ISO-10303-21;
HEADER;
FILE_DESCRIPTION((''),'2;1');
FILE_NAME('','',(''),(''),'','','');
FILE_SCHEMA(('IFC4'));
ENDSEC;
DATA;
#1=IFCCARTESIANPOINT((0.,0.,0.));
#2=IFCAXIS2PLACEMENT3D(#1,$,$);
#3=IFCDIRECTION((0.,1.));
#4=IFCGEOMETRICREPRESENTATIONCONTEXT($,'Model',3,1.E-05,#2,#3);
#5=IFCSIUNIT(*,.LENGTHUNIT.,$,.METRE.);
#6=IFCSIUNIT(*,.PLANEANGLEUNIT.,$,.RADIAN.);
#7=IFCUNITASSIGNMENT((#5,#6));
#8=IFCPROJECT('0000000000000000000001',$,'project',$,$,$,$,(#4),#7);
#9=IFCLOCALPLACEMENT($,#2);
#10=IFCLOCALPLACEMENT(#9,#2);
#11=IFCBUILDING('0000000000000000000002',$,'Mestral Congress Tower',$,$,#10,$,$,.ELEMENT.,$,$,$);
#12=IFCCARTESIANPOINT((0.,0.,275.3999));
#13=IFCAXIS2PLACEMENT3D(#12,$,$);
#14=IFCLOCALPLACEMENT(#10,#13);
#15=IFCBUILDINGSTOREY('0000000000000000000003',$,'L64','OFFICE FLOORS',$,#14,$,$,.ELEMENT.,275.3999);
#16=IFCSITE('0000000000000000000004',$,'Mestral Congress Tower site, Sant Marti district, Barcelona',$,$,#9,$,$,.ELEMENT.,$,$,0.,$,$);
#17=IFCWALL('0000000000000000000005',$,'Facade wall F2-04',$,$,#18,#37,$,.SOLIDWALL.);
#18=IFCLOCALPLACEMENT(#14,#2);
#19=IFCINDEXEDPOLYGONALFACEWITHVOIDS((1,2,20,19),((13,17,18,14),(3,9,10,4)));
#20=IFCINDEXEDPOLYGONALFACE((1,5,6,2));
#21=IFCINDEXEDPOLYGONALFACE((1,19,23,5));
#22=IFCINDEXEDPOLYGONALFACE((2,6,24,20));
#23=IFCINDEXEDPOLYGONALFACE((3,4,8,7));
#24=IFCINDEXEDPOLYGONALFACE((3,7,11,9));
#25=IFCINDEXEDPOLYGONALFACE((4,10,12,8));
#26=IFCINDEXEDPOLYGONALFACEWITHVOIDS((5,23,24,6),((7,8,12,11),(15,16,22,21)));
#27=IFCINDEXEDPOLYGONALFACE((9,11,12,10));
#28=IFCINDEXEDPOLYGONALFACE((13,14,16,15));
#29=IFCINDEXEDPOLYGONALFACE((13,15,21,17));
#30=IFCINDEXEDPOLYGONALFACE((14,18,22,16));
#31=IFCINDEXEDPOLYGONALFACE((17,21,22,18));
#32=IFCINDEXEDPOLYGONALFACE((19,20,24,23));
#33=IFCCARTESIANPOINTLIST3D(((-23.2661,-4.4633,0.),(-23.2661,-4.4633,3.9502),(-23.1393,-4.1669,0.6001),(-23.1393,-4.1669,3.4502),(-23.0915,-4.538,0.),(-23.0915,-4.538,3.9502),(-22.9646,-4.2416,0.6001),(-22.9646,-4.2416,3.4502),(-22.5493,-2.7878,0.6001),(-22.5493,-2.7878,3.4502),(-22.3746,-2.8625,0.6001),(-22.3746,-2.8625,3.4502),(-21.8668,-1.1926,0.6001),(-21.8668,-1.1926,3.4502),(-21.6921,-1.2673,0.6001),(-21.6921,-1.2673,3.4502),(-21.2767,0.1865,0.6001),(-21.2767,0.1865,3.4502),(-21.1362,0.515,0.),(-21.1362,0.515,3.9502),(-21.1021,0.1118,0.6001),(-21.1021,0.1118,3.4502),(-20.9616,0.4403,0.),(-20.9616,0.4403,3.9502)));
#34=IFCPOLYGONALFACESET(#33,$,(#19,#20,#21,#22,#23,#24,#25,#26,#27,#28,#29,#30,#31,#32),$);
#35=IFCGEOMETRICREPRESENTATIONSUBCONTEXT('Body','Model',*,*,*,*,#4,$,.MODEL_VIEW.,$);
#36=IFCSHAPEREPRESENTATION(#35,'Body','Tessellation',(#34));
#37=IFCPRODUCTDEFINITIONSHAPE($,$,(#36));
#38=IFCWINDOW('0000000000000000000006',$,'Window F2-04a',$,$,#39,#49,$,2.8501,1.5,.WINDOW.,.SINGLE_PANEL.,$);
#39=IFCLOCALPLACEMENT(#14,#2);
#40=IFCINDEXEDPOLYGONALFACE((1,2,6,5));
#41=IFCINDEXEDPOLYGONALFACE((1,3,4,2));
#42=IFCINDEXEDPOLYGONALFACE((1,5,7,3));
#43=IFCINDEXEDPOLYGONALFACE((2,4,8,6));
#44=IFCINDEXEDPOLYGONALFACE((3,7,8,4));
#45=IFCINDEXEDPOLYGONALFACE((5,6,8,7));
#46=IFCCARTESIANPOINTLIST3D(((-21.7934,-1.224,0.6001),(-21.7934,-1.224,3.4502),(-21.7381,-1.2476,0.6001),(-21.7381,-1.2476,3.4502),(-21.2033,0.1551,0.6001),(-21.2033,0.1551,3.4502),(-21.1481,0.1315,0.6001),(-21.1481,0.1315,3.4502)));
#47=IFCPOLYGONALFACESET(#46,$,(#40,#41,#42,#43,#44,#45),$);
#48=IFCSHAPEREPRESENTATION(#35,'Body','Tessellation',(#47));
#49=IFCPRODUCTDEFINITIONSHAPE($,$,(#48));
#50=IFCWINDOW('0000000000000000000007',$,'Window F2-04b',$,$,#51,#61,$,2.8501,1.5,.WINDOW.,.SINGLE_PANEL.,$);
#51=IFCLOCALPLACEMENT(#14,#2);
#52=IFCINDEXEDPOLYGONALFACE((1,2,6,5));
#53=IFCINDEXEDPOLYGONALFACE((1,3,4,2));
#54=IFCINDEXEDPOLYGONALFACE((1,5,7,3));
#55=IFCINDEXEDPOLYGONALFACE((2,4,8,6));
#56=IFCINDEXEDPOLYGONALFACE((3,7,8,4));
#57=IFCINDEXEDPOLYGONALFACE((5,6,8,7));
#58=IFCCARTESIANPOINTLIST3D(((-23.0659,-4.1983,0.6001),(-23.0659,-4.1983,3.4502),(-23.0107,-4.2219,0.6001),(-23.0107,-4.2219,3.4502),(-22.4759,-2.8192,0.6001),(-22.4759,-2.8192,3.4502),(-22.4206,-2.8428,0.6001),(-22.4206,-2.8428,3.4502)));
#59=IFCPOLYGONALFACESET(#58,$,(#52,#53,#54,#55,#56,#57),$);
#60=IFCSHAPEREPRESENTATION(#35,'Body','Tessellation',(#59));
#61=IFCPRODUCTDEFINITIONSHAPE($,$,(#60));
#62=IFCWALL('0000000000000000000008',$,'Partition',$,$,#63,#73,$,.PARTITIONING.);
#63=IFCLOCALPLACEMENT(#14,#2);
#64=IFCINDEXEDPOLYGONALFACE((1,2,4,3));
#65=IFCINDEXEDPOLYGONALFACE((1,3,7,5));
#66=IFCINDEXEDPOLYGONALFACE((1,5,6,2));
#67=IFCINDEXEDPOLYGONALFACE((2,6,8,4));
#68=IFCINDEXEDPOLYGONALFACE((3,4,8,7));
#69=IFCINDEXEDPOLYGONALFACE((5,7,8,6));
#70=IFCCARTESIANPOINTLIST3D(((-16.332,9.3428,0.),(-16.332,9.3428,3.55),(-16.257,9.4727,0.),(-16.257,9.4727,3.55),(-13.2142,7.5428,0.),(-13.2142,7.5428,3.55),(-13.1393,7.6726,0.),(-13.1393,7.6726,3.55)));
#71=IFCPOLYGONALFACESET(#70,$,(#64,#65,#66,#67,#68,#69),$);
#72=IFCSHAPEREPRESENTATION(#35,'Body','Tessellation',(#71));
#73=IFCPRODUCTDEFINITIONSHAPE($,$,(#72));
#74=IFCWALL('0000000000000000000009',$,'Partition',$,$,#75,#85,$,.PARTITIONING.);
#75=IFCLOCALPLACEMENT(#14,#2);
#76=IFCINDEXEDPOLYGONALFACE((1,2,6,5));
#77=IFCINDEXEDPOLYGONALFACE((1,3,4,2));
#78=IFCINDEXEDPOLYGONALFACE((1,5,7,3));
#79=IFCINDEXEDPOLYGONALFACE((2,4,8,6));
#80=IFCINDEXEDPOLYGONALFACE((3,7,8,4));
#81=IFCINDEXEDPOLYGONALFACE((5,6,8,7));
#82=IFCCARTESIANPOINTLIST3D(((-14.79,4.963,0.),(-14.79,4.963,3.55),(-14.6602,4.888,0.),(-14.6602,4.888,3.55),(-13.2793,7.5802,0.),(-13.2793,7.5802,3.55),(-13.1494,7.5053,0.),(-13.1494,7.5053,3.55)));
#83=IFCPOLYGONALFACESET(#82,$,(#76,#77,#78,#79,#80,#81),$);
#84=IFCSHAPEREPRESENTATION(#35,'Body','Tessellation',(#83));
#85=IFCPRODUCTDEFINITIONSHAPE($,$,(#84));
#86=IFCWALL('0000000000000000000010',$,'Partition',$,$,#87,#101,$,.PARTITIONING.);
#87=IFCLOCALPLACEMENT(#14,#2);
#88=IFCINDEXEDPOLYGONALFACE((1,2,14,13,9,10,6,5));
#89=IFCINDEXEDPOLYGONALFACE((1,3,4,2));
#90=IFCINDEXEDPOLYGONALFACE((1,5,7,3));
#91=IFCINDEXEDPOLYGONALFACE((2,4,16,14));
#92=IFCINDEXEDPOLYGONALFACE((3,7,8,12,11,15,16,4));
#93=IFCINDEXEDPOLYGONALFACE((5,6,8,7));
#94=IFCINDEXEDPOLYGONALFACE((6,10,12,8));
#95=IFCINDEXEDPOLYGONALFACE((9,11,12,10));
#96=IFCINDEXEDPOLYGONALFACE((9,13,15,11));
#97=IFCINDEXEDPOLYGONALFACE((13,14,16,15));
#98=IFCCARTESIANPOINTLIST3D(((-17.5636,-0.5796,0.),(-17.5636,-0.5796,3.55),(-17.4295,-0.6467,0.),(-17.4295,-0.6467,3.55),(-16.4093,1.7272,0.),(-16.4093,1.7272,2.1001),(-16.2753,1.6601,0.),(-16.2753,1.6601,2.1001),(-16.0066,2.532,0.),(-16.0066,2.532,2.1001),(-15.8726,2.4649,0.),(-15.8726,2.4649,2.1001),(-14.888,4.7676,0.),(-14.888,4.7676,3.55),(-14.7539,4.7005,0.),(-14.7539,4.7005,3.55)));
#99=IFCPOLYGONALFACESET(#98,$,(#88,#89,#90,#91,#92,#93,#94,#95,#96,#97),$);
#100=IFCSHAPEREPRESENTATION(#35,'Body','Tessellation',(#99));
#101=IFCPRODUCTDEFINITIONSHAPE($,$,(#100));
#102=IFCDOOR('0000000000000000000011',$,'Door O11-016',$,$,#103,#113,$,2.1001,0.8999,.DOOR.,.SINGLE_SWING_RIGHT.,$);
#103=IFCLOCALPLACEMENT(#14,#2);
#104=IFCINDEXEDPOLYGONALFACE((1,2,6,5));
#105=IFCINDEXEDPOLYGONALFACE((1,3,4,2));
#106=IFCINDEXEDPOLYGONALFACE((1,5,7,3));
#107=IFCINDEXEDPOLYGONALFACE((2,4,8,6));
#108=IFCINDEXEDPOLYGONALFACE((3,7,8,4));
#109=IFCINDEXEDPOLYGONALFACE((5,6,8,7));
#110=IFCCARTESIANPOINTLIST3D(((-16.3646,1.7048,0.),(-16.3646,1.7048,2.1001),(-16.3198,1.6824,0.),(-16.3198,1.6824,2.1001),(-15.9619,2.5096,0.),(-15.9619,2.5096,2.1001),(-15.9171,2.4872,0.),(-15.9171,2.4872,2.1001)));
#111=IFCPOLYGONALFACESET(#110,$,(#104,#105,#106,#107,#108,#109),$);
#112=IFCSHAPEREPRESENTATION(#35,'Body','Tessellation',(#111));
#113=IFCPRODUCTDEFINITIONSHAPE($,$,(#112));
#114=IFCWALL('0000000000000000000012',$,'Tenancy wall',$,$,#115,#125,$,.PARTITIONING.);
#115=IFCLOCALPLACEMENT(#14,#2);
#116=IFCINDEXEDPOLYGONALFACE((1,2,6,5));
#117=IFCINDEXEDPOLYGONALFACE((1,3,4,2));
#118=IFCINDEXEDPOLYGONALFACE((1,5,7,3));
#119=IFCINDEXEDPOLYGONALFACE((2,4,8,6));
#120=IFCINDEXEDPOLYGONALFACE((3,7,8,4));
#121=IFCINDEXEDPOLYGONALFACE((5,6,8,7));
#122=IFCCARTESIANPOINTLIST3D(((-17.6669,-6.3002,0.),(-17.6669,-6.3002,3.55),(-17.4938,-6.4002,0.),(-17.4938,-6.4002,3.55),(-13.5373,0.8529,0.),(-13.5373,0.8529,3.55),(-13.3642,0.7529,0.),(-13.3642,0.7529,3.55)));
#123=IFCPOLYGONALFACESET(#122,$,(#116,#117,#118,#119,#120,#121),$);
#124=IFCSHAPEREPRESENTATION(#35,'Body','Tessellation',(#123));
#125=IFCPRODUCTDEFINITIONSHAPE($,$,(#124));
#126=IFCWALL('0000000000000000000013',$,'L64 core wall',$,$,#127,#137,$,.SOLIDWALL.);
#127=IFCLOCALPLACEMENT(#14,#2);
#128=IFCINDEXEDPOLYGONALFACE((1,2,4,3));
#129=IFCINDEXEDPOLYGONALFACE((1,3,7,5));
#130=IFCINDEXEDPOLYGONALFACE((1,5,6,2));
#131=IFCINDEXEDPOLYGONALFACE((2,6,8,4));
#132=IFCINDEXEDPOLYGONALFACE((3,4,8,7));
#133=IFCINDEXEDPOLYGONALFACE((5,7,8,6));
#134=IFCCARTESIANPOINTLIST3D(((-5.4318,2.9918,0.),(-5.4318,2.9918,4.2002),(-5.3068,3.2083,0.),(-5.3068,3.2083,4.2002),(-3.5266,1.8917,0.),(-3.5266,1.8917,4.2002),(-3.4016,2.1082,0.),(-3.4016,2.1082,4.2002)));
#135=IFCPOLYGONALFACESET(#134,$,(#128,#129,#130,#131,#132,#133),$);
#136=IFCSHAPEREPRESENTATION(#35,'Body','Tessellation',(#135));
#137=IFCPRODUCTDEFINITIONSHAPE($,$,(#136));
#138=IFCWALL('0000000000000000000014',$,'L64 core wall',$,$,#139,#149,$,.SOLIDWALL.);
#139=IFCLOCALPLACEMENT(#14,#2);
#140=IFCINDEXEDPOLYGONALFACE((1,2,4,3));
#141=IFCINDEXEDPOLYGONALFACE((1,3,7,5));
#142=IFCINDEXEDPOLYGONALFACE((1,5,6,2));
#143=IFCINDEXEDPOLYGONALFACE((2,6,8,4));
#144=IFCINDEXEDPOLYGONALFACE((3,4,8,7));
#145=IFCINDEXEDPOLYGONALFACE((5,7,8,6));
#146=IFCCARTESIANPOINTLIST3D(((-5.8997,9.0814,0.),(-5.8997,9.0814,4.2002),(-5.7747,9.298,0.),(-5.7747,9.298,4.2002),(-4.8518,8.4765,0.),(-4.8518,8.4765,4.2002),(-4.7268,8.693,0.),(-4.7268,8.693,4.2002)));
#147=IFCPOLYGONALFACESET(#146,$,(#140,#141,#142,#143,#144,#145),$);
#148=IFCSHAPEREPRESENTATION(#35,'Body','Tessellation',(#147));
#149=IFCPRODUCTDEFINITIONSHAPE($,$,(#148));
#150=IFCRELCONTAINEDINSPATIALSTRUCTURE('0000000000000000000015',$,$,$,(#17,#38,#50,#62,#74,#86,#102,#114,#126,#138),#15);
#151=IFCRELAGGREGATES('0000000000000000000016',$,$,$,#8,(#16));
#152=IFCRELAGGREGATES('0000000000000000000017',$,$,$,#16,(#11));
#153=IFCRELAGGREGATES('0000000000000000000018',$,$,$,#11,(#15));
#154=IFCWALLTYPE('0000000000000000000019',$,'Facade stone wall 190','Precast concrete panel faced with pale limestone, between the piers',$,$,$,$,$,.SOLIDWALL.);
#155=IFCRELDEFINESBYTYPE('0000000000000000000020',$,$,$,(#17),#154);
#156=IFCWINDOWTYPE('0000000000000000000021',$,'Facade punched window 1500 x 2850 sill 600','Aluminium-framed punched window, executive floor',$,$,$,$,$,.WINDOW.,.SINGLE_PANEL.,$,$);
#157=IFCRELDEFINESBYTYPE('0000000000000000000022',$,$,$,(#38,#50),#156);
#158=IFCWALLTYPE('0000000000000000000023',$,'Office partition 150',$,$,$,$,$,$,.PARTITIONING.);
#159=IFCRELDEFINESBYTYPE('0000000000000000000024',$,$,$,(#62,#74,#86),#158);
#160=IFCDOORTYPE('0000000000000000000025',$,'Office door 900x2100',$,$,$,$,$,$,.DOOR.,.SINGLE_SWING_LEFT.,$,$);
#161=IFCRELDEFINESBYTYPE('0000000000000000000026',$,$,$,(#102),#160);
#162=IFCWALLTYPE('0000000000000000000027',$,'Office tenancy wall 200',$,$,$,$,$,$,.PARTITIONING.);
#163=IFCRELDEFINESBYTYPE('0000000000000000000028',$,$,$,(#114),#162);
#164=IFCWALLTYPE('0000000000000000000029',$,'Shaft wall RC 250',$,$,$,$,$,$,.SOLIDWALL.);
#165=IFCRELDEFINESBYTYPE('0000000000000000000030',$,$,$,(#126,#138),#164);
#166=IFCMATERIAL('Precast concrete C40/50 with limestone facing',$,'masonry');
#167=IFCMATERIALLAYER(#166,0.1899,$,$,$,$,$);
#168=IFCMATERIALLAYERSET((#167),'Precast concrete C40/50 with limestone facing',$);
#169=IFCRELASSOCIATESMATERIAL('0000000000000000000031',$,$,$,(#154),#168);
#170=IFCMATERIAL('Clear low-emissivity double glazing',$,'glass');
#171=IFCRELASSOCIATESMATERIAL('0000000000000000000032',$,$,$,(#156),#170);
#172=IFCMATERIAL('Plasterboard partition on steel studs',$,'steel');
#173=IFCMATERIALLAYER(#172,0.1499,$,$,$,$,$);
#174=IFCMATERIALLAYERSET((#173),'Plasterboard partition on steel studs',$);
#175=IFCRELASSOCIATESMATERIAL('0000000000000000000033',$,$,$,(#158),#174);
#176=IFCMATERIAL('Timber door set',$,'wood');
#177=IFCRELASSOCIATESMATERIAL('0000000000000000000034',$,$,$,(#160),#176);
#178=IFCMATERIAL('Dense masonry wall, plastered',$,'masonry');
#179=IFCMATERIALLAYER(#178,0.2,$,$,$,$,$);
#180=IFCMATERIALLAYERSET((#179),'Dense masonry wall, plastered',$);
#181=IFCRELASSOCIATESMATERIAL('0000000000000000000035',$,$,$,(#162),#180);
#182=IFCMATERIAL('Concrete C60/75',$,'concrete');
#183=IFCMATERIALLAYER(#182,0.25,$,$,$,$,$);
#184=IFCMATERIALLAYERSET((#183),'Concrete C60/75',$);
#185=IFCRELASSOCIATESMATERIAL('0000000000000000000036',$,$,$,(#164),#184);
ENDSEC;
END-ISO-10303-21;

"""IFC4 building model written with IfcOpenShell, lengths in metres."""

from ifc_helpers import new_model, si_unit, direction, frame, frame_2d, origin, place, context, subcontext, project, spatial, rectangle, extrude, material, layer, layer_set, type_object, element, fill, save


model = new_model("IFC4")

# Units and contexts
model_context = context("Model", 3, precision=1e-05, world=origin(), true_north=direction((0.0, 1.0)))
body_context = subcontext(model_context, "Body", "Model", "MODEL_VIEW")
ifc_project = project(units=[si_unit("LENGTHUNIT", "METRE"), si_unit("PLANEANGLEUNIT", "RADIAN")], contexts=[model_context])

# Site, building, storey
site_placement = place(None, origin())
site = spatial("IfcSite", under=ifc_project, at=site_placement, Name="Mestral Congress Tower site, Sant Marti district, Barcelona", CompositionType="ELEMENT", RefElevation=0.0)
building_placement = place(site_placement, origin())
building = spatial("IfcBuilding", under=site, at=building_placement, Name="Mestral Congress Tower", CompositionType="ELEMENT")
storey_placement = place(building_placement, frame((0.0, 0.0, 275.3999)))
storey = spatial("IfcBuildingStorey", under=building, at=storey_placement, Name="L64", Description="OFFICE FLOORS", CompositionType="ELEMENT", Elevation=275.3999)

# Shared definitions
ifc_material_1 = material(Name="Concrete C60/75", Category="concrete")

# Wall, openings, windows
ifc_material_2 = material(Name="Precast concrete C40/50 with limestone facing", Category="masonry")
ifc_layer_1 = layer(ifc_material_2, 0.1899)
ifc_layer_set_1 = layer_set([ifc_layer_1], Name="Precast concrete C40/50 with limestone facing")
wall_type_1 = type_object("IfcWallType", Name="Facade stone wall 190", Description="Precast concrete panel faced with pale limestone, between the piers", PredefinedType="SOLIDWALL", material=ifc_layer_set_1)
ifc_material_3 = material(Name="Clear low-emissivity double glazing", Category="glass")
window_type = type_object("IfcWindowType", Name="Facade punched window 1500 x 2850 sill 600", Description="Aluminium-framed punched window, executive floor", PartitioningType="SINGLE_PANEL", PredefinedType="WINDOW", material=ifc_material_3)
wall_1_placement = place(storey_placement, frame((-21.0488, 0.4778, 0.0), z_axis=(0.0, 0.0, 1.0), x_axis=(-0.393348, -0.91939, 0.0)))
wall_1 = element("IfcWall", 1, at=wall_1_placement, inside=storey, type_object=wall_type_1, Name="Facade wall F2-04", PredefinedType="SOLIDWALL", context=body_context, shape_type="SweptSolid", body=[
    extrude(rectangle(XDim=5.4148, YDim=0.1899, at=frame_2d((2.7075, 0.0))), origin(), (0.0, 0.0, 1.0), 3.9502),
])
opening_1_placement = place(wall_1_placement, frame((0.3574, 0.0, 0.6001)))
opening_1 = element("IfcOpeningElement", 2, at=opening_1_placement, cuts=wall_1, PredefinedType="OPENING", context=body_context, shape_type="SweptSolid", body=[
    extrude(rectangle(XDim=1.5, YDim=2.8501, at=frame_2d((0.75, 1.425))), frame((0.0, 0.105, 0.0), z_axis=(0.0, -1.0, 0.0), x_axis=(1.0, 0.0, 0.0)), (0.0, 0.0, 1.0), 0.21),
])
opening_2_placement = place(wall_1_placement, frame((3.5925, 0.0, 0.6001)))
opening_2 = element("IfcOpeningElement", 3, at=opening_2_placement, cuts=wall_1, PredefinedType="OPENING", context=body_context, shape_type="SweptSolid", body=[
    extrude(rectangle(XDim=1.5, YDim=2.8501, at=frame_2d((0.75, 1.425))), frame((0.0, 0.105, 0.0), z_axis=(0.0, -1.0, 0.0), x_axis=(1.0, 0.0, 0.0)), (0.0, 0.0, 1.0), 0.21),
])
window_1_placement = place(opening_1_placement, origin())
window_1 = element("IfcWindow", 4, at=window_1_placement, inside=storey, type_object=window_type, Name="Window F2-04a", OverallHeight=2.8501, OverallWidth=1.5, PartitioningType="SINGLE_PANEL", PredefinedType="WINDOW", context=body_context, shape_type="SweptSolid", body=[
    extrude(rectangle(XDim=1.5, YDim=2.8501, at=frame_2d((0.75, 1.425))), frame((0.0, 0.0449, 0.0), z_axis=(0.0, -1.0, 0.0), x_axis=(1.0, 0.0, 0.0)), (0.0, 0.0, 1.0), 0.0601),
])
fill(opening_1, window_1)
window_2_placement = place(opening_2_placement, origin())
window_2 = element("IfcWindow", 5, at=window_2_placement, inside=storey, type_object=window_type, Name="Window F2-04b", OverallHeight=2.8501, OverallWidth=1.5, PartitioningType="SINGLE_PANEL", PredefinedType="WINDOW", context=body_context, shape_type="SweptSolid", body=[
    extrude(rectangle(XDim=1.5, YDim=2.8501, at=frame_2d((0.75, 1.425))), frame((0.0, 0.0449, 0.0), z_axis=(0.0, -1.0, 0.0), x_axis=(1.0, 0.0, 0.0)), (0.0, 0.0, 1.0), 0.0601),
])
fill(opening_2, window_2)

# Walls
ifc_material_4 = material(Name="Plasterboard partition on steel studs", Category="steel")
ifc_layer_2 = layer(ifc_material_4, 0.1499)
ifc_layer_set_2 = layer_set([ifc_layer_2], Name="Plasterboard partition on steel studs")
wall_type_2 = type_object("IfcWallType", Name="Office partition 150", PredefinedType="PARTITIONING", material=ifc_layer_set_2)
wall_2_placement = place(storey_placement, frame((-13.1768, 7.6077, 0.0), z_axis=(0.0, 0.0, 1.0), x_axis=(-0.866018, 0.500012, 0.0)))
element("IfcWall", 6, at=wall_2_placement, inside=storey, type_object=wall_type_2, Name="Partition", PredefinedType="PARTITIONING", context=body_context, shape_type="SweptSolid", body=[
    extrude(rectangle(XDim=3.6001, YDim=0.1499, at=frame_2d((1.8, 0.0))), origin(), (0.0, 0.0, 1.0), 3.55),
])
wall_3_placement = place(storey_placement, frame((-13.2144, 7.5427, 0.0), z_axis=(0.0, 0.0, 1.0), x_axis=(-0.499928, -0.866067, 0.0)))
element("IfcWall", 7, at=wall_3_placement, inside=storey, type_object=wall_type_2, Name="Partition", PredefinedType="PARTITIONING", context=body_context, shape_type="SweptSolid", body=[
    extrude(rectangle(XDim=3.022, YDim=0.1499, at=frame_2d((1.511, 0.0))), origin(), (0.0, 0.0, 1.0), 3.55),
])

# Wall, opening, door
wall_4_placement = place(storey_placement, frame((-17.4966, -0.6133, 0.0), z_axis=(0.0, 0.0, 1.0), x_axis=(0.447475, 0.894296, 0.0)))
wall_4 = element("IfcWall", 8, at=wall_4_placement, inside=storey, type_object=wall_type_2, Name="Partition", PredefinedType="PARTITIONING", context=body_context, shape_type="SweptSolid", body=[
    extrude(rectangle(XDim=5.9792, YDim=0.1499, at=frame_2d((2.9897, 0.0))), origin(), (0.0, 0.0, 1.0), 3.55),
])
opening_3_placement = place(wall_4_placement, frame((2.5796, 0.0, 0.0)))
opening_3 = element("IfcOpeningElement", 9, at=opening_3_placement, cuts=wall_4, PredefinedType="OPENING", context=body_context, shape_type="SweptSolid", body=[
    extrude(rectangle(XDim=0.8999, YDim=2.1001, at=frame_2d((0.45, 1.05))), frame((0.0, 0.085, 0.0), z_axis=(0.0, -1.0, 0.0), x_axis=(1.0, 0.0, 0.0)), (0.0, 0.0, 1.0), 0.1699),
])
ifc_material_5 = material(Name="Timber door set", Category="wood")
door_type = type_object("IfcDoorType", Name="Office door 900x2100", OperationType="SINGLE_SWING_LEFT", PredefinedType="DOOR", material=ifc_material_5)
door_placement = place(opening_3_placement, origin())
door = element("IfcDoor", 10, at=door_placement, inside=storey, type_object=door_type, Name="Door O11-016", OperationType="SINGLE_SWING_RIGHT", OverallHeight=2.1001, OverallWidth=0.8999, PredefinedType="DOOR", context=body_context, shape_type="SweptSolid", body=[
    extrude(rectangle(XDim=0.8999, YDim=2.1001, at=frame_2d((0.45, 1.05))), frame((0.0, 0.0249, 0.0), z_axis=(0.0, -1.0, 0.0), x_axis=(1.0, 0.0, 0.0)), (0.0, 0.0, 1.0), 0.05),
])
fill(opening_3, door)

# Walls
ifc_material_6 = material(Name="Dense masonry wall, plastered", Category="masonry")
ifc_layer_3 = layer(ifc_material_6, 0.2)
ifc_layer_set_3 = layer_set([ifc_layer_3], Name="Dense masonry wall, plastered")
wall_type_3 = type_object("IfcWallType", Name="Office tenancy wall 200", PredefinedType="PARTITIONING", material=ifc_layer_set_3)
wall_5_placement = place(storey_placement, frame((-13.4507, 0.803, 0.0), z_axis=(0.0, 0.0, 1.0), x_axis=(-0.499983, -0.866035, 0.0)))
element("IfcWall", 11, at=wall_5_placement, inside=storey, type_object=wall_type_3, Name="Tenancy wall", PredefinedType="PARTITIONING", context=body_context, shape_type="SweptSolid", body=[
    extrude(rectangle(XDim=8.2595, YDim=0.2, at=frame_2d((4.1299, 0.0))), origin(), (0.0, 0.0, 1.0), 3.55),
])
ifc_layer_4 = layer(ifc_material_1, 0.25)
ifc_layer_set_4 = layer_set([ifc_layer_4], Name="Concrete C60/75")
wall_type_4 = type_object("IfcWallType", Name="Shaft wall RC 250", PredefinedType="SOLIDWALL", material=ifc_layer_set_4)
wall_6_placement = place(storey_placement, frame((-5.3694, 3.1001, 0.0), z_axis=(0.0, 0.0, 1.0), x_axis=(0.866008, -0.50003, 0.0)))
element("IfcWall", 12, at=wall_6_placement, inside=storey, type_object=wall_type_4, Name="L64 core wall", PredefinedType="SOLIDWALL", context=body_context, shape_type="SweptSolid", body=[
    extrude(rectangle(XDim=2.2, YDim=0.25, at=frame_2d((1.1001, 0.0))), origin(), (0.0, 0.0, 1.0), 4.2002),
])
wall_7_placement = place(storey_placement, frame((-5.8372, 9.1897, 0.0), z_axis=(0.0, 0.0, 1.0), x_axis=(0.866024, -0.500002, 0.0)))
element("IfcWall", 13, at=wall_7_placement, inside=storey, type_object=wall_type_4, Name="L64 core wall", PredefinedType="SOLIDWALL", context=body_context, shape_type="SweptSolid", body=[
    extrude(rectangle(XDim=1.21, YDim=0.25, at=frame_2d((0.605, 0.0))), origin(), (0.0, 0.0, 1.0), 4.2002),
])

save(model, "model.ifc")
